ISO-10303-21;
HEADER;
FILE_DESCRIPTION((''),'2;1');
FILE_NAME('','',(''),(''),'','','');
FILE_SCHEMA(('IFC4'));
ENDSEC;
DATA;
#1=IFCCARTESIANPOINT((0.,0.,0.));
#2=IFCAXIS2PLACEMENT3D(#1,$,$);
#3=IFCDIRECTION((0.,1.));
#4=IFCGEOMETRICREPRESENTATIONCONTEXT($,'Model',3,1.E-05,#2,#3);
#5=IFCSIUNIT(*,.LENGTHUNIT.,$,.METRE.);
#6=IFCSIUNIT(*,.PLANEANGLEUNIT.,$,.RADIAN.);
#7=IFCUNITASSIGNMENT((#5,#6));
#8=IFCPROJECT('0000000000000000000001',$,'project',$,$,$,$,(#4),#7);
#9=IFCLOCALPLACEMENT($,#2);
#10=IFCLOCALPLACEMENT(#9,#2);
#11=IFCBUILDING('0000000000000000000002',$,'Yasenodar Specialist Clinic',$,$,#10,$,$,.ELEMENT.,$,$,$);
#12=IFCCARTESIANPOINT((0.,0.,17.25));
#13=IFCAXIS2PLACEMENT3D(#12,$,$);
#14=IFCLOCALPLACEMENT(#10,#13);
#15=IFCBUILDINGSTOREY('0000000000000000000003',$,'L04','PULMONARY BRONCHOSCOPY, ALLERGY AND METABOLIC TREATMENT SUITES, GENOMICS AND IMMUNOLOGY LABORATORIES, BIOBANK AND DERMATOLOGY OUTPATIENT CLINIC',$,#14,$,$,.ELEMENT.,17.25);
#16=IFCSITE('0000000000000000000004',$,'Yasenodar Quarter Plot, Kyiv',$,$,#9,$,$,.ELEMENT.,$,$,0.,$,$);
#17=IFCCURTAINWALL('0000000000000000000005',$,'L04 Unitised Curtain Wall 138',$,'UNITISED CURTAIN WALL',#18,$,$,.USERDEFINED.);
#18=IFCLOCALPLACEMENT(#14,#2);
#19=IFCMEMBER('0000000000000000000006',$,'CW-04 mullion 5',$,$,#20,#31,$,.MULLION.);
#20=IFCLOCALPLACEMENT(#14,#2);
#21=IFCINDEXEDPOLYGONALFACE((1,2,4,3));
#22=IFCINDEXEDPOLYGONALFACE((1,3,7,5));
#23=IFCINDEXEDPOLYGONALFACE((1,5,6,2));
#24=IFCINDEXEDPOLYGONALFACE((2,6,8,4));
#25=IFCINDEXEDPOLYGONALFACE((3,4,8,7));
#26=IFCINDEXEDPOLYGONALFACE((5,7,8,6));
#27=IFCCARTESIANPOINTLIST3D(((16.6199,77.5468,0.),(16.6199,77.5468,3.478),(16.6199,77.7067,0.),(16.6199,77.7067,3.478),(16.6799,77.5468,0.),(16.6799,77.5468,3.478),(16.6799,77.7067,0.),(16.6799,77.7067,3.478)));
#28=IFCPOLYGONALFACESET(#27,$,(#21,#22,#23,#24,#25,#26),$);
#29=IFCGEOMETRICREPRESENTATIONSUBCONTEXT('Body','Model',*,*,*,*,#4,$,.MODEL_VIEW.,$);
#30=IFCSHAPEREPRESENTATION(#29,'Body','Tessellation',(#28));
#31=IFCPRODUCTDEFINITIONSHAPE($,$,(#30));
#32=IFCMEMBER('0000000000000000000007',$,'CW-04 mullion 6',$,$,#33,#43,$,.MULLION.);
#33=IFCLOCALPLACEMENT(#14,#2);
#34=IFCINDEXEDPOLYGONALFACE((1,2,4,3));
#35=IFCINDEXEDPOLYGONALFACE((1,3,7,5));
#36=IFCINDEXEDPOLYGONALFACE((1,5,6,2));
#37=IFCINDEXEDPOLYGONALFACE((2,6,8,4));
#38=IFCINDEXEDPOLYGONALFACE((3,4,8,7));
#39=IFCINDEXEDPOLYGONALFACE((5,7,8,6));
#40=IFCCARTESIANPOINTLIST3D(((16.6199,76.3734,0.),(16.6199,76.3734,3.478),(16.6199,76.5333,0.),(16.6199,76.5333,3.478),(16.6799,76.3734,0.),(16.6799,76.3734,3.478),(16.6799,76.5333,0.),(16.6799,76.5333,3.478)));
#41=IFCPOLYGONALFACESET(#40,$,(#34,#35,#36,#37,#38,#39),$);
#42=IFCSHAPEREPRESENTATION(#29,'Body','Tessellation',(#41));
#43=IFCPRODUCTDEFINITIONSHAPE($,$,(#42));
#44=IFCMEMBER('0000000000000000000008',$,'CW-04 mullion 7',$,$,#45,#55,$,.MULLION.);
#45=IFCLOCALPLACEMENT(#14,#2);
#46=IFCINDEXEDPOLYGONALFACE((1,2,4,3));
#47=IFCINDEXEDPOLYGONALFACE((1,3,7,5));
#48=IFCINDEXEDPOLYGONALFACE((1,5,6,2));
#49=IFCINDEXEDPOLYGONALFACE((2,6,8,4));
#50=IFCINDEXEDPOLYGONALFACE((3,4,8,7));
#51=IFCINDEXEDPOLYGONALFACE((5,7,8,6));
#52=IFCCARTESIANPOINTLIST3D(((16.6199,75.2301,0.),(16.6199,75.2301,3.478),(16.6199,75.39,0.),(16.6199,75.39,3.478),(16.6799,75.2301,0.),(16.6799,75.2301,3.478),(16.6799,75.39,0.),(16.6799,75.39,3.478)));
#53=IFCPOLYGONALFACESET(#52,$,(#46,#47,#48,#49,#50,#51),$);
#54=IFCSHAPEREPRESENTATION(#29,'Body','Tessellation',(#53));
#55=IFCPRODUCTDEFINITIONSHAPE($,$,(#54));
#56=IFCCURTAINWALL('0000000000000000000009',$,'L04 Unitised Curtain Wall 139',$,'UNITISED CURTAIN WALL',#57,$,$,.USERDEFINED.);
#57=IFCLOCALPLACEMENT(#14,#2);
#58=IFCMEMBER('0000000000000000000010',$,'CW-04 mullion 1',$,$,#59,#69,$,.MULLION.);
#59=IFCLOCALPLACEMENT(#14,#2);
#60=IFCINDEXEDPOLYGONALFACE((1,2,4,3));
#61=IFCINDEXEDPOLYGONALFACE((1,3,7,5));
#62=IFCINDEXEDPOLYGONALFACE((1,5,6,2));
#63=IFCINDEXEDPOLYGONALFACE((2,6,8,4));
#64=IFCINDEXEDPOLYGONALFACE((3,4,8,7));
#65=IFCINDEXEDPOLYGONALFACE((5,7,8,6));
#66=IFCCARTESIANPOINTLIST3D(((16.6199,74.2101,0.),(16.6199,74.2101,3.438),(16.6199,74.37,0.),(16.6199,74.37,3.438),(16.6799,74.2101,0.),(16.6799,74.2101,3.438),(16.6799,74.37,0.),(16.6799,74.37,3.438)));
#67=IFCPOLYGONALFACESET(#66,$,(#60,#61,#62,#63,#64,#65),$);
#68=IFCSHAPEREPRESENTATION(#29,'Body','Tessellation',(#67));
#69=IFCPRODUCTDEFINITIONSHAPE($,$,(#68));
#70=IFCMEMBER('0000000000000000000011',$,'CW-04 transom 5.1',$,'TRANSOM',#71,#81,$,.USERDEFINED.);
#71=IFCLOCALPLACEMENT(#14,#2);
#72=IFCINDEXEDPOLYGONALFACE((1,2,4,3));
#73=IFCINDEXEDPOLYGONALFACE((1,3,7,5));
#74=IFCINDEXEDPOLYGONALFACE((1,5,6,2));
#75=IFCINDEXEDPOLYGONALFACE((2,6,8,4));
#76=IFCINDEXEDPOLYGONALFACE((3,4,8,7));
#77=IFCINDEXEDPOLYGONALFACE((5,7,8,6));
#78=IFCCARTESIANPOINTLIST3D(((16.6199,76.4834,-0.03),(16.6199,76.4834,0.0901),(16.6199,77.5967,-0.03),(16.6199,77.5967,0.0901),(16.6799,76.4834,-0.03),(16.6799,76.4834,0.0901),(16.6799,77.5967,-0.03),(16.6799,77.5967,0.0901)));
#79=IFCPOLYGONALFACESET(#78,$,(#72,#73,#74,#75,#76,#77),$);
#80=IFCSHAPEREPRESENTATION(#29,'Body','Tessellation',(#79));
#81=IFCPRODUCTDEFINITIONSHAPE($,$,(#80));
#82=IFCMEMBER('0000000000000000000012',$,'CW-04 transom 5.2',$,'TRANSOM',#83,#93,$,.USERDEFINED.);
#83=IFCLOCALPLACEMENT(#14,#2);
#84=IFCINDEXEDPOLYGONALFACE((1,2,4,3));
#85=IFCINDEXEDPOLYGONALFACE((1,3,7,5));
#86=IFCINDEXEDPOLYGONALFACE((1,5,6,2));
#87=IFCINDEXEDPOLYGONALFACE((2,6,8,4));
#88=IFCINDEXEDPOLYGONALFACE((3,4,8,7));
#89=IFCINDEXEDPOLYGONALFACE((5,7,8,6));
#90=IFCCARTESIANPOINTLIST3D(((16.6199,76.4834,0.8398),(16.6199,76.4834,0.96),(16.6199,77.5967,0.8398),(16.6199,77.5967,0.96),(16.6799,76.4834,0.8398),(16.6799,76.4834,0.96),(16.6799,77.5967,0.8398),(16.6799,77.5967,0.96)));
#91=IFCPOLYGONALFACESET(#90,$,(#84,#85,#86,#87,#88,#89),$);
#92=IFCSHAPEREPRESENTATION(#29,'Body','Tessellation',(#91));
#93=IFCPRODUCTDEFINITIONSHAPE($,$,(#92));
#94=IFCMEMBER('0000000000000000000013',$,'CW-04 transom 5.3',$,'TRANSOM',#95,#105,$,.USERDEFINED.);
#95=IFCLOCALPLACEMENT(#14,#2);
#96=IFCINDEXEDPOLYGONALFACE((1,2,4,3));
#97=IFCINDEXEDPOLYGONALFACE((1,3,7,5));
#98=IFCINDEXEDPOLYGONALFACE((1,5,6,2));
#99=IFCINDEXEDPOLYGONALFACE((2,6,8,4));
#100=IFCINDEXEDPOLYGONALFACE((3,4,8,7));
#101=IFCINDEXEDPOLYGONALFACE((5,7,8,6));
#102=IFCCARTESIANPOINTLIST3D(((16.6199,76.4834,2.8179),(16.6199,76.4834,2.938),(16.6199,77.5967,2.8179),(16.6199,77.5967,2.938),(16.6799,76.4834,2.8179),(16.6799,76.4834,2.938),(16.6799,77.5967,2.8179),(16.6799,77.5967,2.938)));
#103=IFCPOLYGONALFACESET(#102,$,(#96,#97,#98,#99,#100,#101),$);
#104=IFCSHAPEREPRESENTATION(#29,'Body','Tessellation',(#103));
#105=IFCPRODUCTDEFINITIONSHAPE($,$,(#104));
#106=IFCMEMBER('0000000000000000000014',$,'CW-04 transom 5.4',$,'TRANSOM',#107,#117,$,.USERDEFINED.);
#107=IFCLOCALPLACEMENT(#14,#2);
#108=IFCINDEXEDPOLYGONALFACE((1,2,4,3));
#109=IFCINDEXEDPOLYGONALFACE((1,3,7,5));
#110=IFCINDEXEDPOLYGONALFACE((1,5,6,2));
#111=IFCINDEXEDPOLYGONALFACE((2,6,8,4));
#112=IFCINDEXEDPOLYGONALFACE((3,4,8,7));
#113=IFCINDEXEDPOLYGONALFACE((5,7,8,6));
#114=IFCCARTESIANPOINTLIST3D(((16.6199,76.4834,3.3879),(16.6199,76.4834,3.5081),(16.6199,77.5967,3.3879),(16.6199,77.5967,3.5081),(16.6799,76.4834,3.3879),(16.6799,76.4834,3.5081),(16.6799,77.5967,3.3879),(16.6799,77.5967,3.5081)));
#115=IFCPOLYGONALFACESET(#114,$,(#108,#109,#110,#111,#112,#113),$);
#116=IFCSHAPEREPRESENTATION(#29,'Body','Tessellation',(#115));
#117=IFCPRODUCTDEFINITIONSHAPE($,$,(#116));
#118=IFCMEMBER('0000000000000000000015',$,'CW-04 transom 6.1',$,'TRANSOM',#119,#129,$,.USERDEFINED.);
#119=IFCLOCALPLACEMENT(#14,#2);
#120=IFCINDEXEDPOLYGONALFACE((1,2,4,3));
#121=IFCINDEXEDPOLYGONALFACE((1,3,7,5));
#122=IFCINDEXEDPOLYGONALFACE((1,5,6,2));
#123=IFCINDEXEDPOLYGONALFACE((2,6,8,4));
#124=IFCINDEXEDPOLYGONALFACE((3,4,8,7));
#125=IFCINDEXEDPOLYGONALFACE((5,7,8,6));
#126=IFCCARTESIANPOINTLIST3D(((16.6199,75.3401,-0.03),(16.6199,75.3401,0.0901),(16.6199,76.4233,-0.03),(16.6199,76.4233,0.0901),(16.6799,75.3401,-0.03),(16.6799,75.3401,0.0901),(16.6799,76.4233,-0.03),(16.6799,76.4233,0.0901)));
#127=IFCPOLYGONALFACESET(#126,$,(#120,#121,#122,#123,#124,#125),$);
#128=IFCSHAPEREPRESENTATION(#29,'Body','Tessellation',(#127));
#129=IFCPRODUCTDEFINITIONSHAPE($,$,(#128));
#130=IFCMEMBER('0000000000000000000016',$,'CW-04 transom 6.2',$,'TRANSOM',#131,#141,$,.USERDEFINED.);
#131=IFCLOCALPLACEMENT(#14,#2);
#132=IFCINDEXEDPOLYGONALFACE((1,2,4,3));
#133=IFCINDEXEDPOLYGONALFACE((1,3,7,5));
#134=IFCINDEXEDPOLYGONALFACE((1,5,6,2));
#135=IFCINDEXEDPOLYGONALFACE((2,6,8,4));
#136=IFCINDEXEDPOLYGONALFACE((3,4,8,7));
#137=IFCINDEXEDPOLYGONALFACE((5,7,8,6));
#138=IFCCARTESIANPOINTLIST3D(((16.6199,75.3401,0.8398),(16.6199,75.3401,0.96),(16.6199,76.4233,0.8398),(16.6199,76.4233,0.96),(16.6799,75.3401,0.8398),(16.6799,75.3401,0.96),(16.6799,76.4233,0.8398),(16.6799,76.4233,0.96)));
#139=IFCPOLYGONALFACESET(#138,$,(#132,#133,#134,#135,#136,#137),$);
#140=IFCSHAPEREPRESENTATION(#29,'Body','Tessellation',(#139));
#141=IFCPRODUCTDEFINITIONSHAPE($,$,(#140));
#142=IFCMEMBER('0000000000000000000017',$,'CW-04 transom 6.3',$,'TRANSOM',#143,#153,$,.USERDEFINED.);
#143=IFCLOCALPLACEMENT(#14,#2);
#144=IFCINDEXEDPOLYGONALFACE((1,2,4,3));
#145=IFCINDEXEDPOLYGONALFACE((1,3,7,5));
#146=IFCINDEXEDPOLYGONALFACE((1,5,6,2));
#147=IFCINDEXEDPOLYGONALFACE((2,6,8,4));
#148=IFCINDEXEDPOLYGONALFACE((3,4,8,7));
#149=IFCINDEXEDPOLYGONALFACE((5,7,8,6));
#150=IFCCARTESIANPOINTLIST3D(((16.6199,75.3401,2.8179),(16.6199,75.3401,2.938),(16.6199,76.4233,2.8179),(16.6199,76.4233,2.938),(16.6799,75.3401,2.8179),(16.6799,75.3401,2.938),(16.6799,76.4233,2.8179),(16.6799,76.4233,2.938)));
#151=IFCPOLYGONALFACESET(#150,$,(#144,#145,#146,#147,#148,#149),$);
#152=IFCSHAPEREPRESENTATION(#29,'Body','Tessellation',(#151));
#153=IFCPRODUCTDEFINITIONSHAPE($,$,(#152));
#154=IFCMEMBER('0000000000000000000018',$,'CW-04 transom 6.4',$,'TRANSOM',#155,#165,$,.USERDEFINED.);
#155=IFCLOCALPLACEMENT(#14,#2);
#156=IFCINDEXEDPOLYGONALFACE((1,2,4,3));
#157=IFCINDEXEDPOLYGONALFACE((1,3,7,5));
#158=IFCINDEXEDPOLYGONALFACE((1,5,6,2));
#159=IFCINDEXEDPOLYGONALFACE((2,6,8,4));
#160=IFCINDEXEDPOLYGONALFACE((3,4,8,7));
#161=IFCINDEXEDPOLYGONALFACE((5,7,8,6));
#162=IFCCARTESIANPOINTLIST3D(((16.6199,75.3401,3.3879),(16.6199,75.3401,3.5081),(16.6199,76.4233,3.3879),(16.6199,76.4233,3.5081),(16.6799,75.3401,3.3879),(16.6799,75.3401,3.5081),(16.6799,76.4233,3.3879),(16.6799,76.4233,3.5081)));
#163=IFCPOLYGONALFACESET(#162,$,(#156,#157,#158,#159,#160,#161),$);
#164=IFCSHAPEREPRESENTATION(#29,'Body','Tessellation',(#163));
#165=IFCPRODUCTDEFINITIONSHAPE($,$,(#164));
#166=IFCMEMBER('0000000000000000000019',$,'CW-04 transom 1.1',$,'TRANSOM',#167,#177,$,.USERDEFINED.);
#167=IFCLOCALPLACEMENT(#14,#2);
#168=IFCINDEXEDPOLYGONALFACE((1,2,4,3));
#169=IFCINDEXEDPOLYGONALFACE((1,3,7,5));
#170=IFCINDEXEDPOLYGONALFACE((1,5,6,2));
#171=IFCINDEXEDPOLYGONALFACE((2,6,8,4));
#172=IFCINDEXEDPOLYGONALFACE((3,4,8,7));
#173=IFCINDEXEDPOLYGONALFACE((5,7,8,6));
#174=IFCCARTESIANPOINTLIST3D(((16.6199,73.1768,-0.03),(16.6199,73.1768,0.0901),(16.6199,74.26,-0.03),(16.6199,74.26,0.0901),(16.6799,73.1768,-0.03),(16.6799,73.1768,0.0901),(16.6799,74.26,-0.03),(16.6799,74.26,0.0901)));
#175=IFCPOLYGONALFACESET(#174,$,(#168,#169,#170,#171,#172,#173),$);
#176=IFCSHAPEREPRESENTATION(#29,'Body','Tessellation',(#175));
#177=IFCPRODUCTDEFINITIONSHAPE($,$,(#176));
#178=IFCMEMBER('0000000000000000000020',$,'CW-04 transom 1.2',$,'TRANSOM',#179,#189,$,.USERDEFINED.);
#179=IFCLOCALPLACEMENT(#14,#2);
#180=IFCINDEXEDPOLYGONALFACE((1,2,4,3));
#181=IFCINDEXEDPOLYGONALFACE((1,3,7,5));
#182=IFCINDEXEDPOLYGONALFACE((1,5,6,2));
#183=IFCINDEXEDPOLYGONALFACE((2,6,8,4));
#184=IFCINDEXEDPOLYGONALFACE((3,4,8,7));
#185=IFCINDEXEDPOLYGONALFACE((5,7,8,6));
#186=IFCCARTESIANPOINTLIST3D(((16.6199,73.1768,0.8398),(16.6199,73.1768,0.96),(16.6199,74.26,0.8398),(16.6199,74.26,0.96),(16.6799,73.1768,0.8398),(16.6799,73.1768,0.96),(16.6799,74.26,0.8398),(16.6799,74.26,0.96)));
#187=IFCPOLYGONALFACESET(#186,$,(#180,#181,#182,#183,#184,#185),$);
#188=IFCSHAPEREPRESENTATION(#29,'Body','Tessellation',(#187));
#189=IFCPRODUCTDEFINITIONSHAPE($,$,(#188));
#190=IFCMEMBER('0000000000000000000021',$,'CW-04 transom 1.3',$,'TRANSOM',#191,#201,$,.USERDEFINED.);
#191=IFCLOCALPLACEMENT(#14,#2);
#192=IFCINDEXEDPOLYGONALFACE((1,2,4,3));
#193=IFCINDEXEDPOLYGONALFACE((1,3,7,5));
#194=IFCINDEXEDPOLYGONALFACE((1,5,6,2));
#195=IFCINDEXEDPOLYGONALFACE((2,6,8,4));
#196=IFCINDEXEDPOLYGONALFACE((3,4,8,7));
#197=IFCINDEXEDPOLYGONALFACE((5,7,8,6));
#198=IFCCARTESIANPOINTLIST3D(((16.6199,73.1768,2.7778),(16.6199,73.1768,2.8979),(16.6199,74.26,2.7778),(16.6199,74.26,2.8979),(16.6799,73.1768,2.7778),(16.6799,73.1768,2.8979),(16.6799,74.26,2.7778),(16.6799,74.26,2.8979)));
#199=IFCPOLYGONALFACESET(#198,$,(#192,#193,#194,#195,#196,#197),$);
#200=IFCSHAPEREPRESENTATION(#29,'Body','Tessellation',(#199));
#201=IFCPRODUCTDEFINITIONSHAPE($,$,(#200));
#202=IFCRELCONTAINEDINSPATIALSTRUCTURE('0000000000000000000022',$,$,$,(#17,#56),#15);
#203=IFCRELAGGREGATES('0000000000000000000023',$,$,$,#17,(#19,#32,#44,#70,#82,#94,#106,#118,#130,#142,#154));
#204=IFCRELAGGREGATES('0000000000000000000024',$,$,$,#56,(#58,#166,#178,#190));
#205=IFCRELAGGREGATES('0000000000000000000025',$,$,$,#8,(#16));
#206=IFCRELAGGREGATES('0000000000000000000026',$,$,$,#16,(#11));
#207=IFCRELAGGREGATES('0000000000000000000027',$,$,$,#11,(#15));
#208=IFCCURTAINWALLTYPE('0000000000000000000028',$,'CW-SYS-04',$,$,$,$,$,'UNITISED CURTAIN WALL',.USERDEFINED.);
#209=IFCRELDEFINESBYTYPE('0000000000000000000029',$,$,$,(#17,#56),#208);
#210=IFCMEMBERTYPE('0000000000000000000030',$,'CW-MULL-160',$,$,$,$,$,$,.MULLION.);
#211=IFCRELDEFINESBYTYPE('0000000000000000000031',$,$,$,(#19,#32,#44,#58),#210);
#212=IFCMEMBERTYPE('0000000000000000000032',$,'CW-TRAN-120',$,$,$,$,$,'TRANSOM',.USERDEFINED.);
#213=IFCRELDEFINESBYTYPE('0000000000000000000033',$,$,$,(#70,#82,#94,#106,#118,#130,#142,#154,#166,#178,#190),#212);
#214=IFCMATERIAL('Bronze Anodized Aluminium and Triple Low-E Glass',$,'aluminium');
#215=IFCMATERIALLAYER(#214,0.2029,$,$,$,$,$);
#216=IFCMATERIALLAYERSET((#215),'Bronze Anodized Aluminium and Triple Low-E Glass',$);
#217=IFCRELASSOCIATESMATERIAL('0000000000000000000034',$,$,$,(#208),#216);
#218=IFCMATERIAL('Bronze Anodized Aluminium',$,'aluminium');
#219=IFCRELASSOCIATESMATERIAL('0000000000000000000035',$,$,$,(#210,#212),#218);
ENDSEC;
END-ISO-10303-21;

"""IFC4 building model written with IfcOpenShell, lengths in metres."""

from ifc_helpers import new_model, si_unit, direction, frame, origin, origin_2d, place, context, subcontext, project, spatial, rectangle, extrude, material, layer, layer_set, material_profile, profile_set, type_object, element, aggregate, save


model = new_model("IFC4")

# Units and contexts
model_context = context("Model", 3, precision=1e-05, world=origin(), true_north=direction((0.0, 1.0)))
body_context = subcontext(model_context, "Body", "Model", "MODEL_VIEW")
ifc_project = project(units=[si_unit("LENGTHUNIT", "METRE"), si_unit("PLANEANGLEUNIT", "RADIAN")], contexts=[model_context])

# Site, building, storey
site_placement = place(None, origin())
site = spatial("IfcSite", under=ifc_project, at=site_placement, Name="Yasenodar Quarter Plot, Kyiv", CompositionType="ELEMENT", RefElevation=0.0)
building_placement = place(site_placement, origin())
building = spatial("IfcBuilding", under=site, at=building_placement, Name="Yasenodar Specialist Clinic", CompositionType="ELEMENT")
storey_placement = place(building_placement, frame((0.0, 0.0, 17.25)))
storey = spatial("IfcBuildingStorey", under=building, at=storey_placement, Name="L04", Description="PULMONARY BRONCHOSCOPY, ALLERGY AND METABOLIC TREATMENT SUITES, GENOMICS AND IMMUNOLOGY LABORATORIES, BIOBANK AND DERMATOLOGY OUTPATIENT CLINIC", CompositionType="ELEMENT", Elevation=17.25)

# Curtain wall, members
ifc_material_1 = material(Name="Bronze Anodized Aluminium and Triple Low-E Glass", Category="aluminium")
ifc_layer_1 = layer(ifc_material_1, 0.2029)
ifc_layer_set_1 = layer_set([ifc_layer_1], Name="Bronze Anodized Aluminium and Triple Low-E Glass")
curtain_wall_type = type_object("IfcCurtainWallType", Name="CW-SYS-04", ElementType="UNITISED CURTAIN WALL", PredefinedType="USERDEFINED", material=ifc_layer_set_1)
curtain_wall_1_placement = place(storey_placement, origin())
curtain_wall_1 = element("IfcCurtainWall", 1, at=curtain_wall_1_placement, inside=storey, type_object=curtain_wall_type, Name="L04 Unitised Curtain Wall 138", ObjectType="UNITISED CURTAIN WALL", PredefinedType="USERDEFINED")
ifc_material_2 = material(Name="Bronze Anodized Aluminium", Category="aluminium")
ifc_material_profile_1 = material_profile(ifc_material_2, rectangle(XDim=0.0601, YDim=0.1599, at=origin_2d()), Name="CW-MULL 60x160")
ifc_profile_set_1 = profile_set([ifc_material_profile_1], Name="Bronze Anodized Aluminium")
member_type_1 = type_object("IfcMemberType", Name="CW-MULL-160", PredefinedType="MULLION", material=ifc_profile_set_1)
member_1_placement = place(storey_placement, frame((16.6499, 77.6267, 0.0), z_axis=(0.0, 0.0, 1.0), x_axis=(1.0, 0.0, 0.0)))
member_1 = element("IfcMember", 2, at=member_1_placement, type_object=member_type_1, Name="CW-04 mullion 5", PredefinedType="MULLION", context=body_context, shape_type="SweptSolid", body=[
    extrude(rectangle(XDim=0.0601, YDim=0.1599, at=origin_2d()), origin(), (0.0, 0.0, 1.0), 3.478),
])
member_2_placement = place(storey_placement, frame((16.6499, 76.4534, 0.0), z_axis=(0.0, 0.0, 1.0), x_axis=(1.0, 0.0, 0.0)))
member_2 = element("IfcMember", 3, at=member_2_placement, type_object=member_type_1, Name="CW-04 mullion 6", PredefinedType="MULLION", context=body_context, shape_type="SweptSolid", body=[
    extrude(rectangle(XDim=0.0601, YDim=0.1599, at=origin_2d()), origin(), (0.0, 0.0, 1.0), 3.478),
])
member_3_placement = place(storey_placement, frame((16.6499, 75.3101, 0.0), z_axis=(0.0, 0.0, 1.0), x_axis=(1.0, 0.0, 0.0)))
member_3 = element("IfcMember", 4, at=member_3_placement, type_object=member_type_1, Name="CW-04 mullion 7", PredefinedType="MULLION", context=body_context, shape_type="SweptSolid", body=[
    extrude(rectangle(XDim=0.0601, YDim=0.1599, at=origin_2d()), origin(), (0.0, 0.0, 1.0), 3.478),
])

# Curtain wall, member
curtain_wall_2_placement = place(storey_placement, origin())
curtain_wall_2 = element("IfcCurtainWall", 5, at=curtain_wall_2_placement, inside=storey, type_object=curtain_wall_type, Name="L04 Unitised Curtain Wall 139", ObjectType="UNITISED CURTAIN WALL", PredefinedType="USERDEFINED")
member_4_placement = place(storey_placement, frame((16.6499, 74.29, 0.0), z_axis=(0.0, 0.0, 1.0), x_axis=(1.0, 0.0, 0.0)))
member_4 = element("IfcMember", 6, at=member_4_placement, type_object=member_type_1, Name="CW-04 mullion 1", PredefinedType="MULLION", context=body_context, shape_type="SweptSolid", body=[
    extrude(rectangle(XDim=0.0601, YDim=0.1599, at=origin_2d()), origin(), (0.0, 0.0, 1.0), 3.438),
])

# Members
ifc_material_profile_2 = material_profile(ifc_material_2, rectangle(XDim=0.0601, YDim=0.1201, at=origin_2d()), Name="CW-TRAN 60x120")
ifc_profile_set_2 = profile_set([ifc_material_profile_2], Name="Bronze Anodized Aluminium")
member_type_2 = type_object("IfcMemberType", Name="CW-TRAN-120", ElementType="TRANSOM", PredefinedType="USERDEFINED", material=ifc_profile_set_2)
member_5_placement = place(storey_placement, frame((16.6499, 77.5967, 0.03), z_axis=(0.0, -1.0, 0.0), x_axis=(1.0, 0.0, 0.0)))
member_5 = element("IfcMember", 7, at=member_5_placement, type_object=member_type_2, Name="CW-04 transom 5.1", ObjectType="TRANSOM", PredefinedType="USERDEFINED", context=body_context, shape_type="SweptSolid", body=[
    extrude(rectangle(XDim=0.0601, YDim=0.1201, at=origin_2d()), origin(), (0.0, 0.0, 1.0), 1.1133),
])
member_6_placement = place(storey_placement, frame((16.6499, 77.5967, 0.8999), z_axis=(0.0, -1.0, 0.0), x_axis=(1.0, 0.0, 0.0)))
member_6 = element("IfcMember", 8, at=member_6_placement, type_object=member_type_2, Name="CW-04 transom 5.2", ObjectType="TRANSOM", PredefinedType="USERDEFINED", context=body_context, shape_type="SweptSolid", body=[
    extrude(rectangle(XDim=0.0601, YDim=0.1201, at=origin_2d()), origin(), (0.0, 0.0, 1.0), 1.1133),
])
member_7_placement = place(storey_placement, frame((16.6499, 77.5967, 2.8779), z_axis=(0.0, -1.0, 0.0), x_axis=(1.0, 0.0, 0.0)))
member_7 = element("IfcMember", 9, at=member_7_placement, type_object=member_type_2, Name="CW-04 transom 5.3", ObjectType="TRANSOM", PredefinedType="USERDEFINED", context=body_context, shape_type="SweptSolid", body=[
    extrude(rectangle(XDim=0.0601, YDim=0.1201, at=origin_2d()), origin(), (0.0, 0.0, 1.0), 1.1133),
])
member_8_placement = place(storey_placement, frame((16.6499, 77.5967, 3.448), z_axis=(0.0, -1.0, 0.0), x_axis=(1.0, 0.0, 0.0)))
member_8 = element("IfcMember", 10, at=member_8_placement, type_object=member_type_2, Name="CW-04 transom 5.4", ObjectType="TRANSOM", PredefinedType="USERDEFINED", context=body_context, shape_type="SweptSolid", body=[
    extrude(rectangle(XDim=0.0601, YDim=0.1201, at=origin_2d()), origin(), (0.0, 0.0, 1.0), 1.1133),
])
member_9_placement = place(storey_placement, frame((16.6499, 76.4233, 0.03), z_axis=(0.0, -1.0, 0.0), x_axis=(1.0, 0.0, 0.0)))
member_9 = element("IfcMember", 11, at=member_9_placement, type_object=member_type_2, Name="CW-04 transom 6.1", ObjectType="TRANSOM", PredefinedType="USERDEFINED", context=body_context, shape_type="SweptSolid", body=[
    extrude(rectangle(XDim=0.0601, YDim=0.1201, at=origin_2d()), origin(), (0.0, 0.0, 1.0), 1.0833),
])
member_10_placement = place(storey_placement, frame((16.6499, 76.4233, 0.8999), z_axis=(0.0, -1.0, 0.0), x_axis=(1.0, 0.0, 0.0)))
member_10 = element("IfcMember", 12, at=member_10_placement, type_object=member_type_2, Name="CW-04 transom 6.2", ObjectType="TRANSOM", PredefinedType="USERDEFINED", context=body_context, shape_type="SweptSolid", body=[
    extrude(rectangle(XDim=0.0601, YDim=0.1201, at=origin_2d()), origin(), (0.0, 0.0, 1.0), 1.0833),
])
member_11_placement = place(storey_placement, frame((16.6499, 76.4233, 2.8779), z_axis=(0.0, -1.0, 0.0), x_axis=(1.0, 0.0, 0.0)))
member_11 = element("IfcMember", 13, at=member_11_placement, type_object=member_type_2, Name="CW-04 transom 6.3", ObjectType="TRANSOM", PredefinedType="USERDEFINED", context=body_context, shape_type="SweptSolid", body=[
    extrude(rectangle(XDim=0.0601, YDim=0.1201, at=origin_2d()), origin(), (0.0, 0.0, 1.0), 1.0833),
])
member_12_placement = place(storey_placement, frame((16.6499, 76.4233, 3.448), z_axis=(0.0, -1.0, 0.0), x_axis=(1.0, 0.0, 0.0)))
member_12 = element("IfcMember", 14, at=member_12_placement, type_object=member_type_2, Name="CW-04 transom 6.4", ObjectType="TRANSOM", PredefinedType="USERDEFINED", context=body_context, shape_type="SweptSolid", body=[
    extrude(rectangle(XDim=0.0601, YDim=0.1201, at=origin_2d()), origin(), (0.0, 0.0, 1.0), 1.0833),
])
member_13_placement = place(storey_placement, frame((16.6499, 74.26, 0.03), z_axis=(0.0, -1.0, 0.0), x_axis=(1.0, 0.0, 0.0)))
member_13 = element("IfcMember", 15, at=member_13_placement, type_object=member_type_2, Name="CW-04 transom 1.1", ObjectType="TRANSOM", PredefinedType="USERDEFINED", context=body_context, shape_type="SweptSolid", body=[
    extrude(rectangle(XDim=0.0601, YDim=0.1201, at=origin_2d()), origin(), (0.0, 0.0, 1.0), 1.0833),
])
member_14_placement = place(storey_placement, frame((16.6499, 74.26, 0.8999), z_axis=(0.0, -1.0, 0.0), x_axis=(1.0, 0.0, 0.0)))
member_14 = element("IfcMember", 16, at=member_14_placement, type_object=member_type_2, Name="CW-04 transom 1.2", ObjectType="TRANSOM", PredefinedType="USERDEFINED", context=body_context, shape_type="SweptSolid", body=[
    extrude(rectangle(XDim=0.0601, YDim=0.1201, at=origin_2d()), origin(), (0.0, 0.0, 1.0), 1.0833),
])
member_15_placement = place(storey_placement, frame((16.6499, 74.26, 2.8379), z_axis=(0.0, -1.0, 0.0), x_axis=(1.0, 0.0, 0.0)))
member_15 = element("IfcMember", 17, at=member_15_placement, type_object=member_type_2, Name="CW-04 transom 1.3", ObjectType="TRANSOM", PredefinedType="USERDEFINED", context=body_context, shape_type="SweptSolid", body=[
    extrude(rectangle(XDim=0.0601, YDim=0.1201, at=origin_2d()), origin(), (0.0, 0.0, 1.0), 1.0833),
])

aggregate(curtain_wall_1, [member_1, member_2, member_3, member_5, member_6, member_7, member_8, member_9, member_10, member_11, member_12])
aggregate(curtain_wall_2, [member_4, member_13, member_14, member_15])

save(model, "model.ifc")
